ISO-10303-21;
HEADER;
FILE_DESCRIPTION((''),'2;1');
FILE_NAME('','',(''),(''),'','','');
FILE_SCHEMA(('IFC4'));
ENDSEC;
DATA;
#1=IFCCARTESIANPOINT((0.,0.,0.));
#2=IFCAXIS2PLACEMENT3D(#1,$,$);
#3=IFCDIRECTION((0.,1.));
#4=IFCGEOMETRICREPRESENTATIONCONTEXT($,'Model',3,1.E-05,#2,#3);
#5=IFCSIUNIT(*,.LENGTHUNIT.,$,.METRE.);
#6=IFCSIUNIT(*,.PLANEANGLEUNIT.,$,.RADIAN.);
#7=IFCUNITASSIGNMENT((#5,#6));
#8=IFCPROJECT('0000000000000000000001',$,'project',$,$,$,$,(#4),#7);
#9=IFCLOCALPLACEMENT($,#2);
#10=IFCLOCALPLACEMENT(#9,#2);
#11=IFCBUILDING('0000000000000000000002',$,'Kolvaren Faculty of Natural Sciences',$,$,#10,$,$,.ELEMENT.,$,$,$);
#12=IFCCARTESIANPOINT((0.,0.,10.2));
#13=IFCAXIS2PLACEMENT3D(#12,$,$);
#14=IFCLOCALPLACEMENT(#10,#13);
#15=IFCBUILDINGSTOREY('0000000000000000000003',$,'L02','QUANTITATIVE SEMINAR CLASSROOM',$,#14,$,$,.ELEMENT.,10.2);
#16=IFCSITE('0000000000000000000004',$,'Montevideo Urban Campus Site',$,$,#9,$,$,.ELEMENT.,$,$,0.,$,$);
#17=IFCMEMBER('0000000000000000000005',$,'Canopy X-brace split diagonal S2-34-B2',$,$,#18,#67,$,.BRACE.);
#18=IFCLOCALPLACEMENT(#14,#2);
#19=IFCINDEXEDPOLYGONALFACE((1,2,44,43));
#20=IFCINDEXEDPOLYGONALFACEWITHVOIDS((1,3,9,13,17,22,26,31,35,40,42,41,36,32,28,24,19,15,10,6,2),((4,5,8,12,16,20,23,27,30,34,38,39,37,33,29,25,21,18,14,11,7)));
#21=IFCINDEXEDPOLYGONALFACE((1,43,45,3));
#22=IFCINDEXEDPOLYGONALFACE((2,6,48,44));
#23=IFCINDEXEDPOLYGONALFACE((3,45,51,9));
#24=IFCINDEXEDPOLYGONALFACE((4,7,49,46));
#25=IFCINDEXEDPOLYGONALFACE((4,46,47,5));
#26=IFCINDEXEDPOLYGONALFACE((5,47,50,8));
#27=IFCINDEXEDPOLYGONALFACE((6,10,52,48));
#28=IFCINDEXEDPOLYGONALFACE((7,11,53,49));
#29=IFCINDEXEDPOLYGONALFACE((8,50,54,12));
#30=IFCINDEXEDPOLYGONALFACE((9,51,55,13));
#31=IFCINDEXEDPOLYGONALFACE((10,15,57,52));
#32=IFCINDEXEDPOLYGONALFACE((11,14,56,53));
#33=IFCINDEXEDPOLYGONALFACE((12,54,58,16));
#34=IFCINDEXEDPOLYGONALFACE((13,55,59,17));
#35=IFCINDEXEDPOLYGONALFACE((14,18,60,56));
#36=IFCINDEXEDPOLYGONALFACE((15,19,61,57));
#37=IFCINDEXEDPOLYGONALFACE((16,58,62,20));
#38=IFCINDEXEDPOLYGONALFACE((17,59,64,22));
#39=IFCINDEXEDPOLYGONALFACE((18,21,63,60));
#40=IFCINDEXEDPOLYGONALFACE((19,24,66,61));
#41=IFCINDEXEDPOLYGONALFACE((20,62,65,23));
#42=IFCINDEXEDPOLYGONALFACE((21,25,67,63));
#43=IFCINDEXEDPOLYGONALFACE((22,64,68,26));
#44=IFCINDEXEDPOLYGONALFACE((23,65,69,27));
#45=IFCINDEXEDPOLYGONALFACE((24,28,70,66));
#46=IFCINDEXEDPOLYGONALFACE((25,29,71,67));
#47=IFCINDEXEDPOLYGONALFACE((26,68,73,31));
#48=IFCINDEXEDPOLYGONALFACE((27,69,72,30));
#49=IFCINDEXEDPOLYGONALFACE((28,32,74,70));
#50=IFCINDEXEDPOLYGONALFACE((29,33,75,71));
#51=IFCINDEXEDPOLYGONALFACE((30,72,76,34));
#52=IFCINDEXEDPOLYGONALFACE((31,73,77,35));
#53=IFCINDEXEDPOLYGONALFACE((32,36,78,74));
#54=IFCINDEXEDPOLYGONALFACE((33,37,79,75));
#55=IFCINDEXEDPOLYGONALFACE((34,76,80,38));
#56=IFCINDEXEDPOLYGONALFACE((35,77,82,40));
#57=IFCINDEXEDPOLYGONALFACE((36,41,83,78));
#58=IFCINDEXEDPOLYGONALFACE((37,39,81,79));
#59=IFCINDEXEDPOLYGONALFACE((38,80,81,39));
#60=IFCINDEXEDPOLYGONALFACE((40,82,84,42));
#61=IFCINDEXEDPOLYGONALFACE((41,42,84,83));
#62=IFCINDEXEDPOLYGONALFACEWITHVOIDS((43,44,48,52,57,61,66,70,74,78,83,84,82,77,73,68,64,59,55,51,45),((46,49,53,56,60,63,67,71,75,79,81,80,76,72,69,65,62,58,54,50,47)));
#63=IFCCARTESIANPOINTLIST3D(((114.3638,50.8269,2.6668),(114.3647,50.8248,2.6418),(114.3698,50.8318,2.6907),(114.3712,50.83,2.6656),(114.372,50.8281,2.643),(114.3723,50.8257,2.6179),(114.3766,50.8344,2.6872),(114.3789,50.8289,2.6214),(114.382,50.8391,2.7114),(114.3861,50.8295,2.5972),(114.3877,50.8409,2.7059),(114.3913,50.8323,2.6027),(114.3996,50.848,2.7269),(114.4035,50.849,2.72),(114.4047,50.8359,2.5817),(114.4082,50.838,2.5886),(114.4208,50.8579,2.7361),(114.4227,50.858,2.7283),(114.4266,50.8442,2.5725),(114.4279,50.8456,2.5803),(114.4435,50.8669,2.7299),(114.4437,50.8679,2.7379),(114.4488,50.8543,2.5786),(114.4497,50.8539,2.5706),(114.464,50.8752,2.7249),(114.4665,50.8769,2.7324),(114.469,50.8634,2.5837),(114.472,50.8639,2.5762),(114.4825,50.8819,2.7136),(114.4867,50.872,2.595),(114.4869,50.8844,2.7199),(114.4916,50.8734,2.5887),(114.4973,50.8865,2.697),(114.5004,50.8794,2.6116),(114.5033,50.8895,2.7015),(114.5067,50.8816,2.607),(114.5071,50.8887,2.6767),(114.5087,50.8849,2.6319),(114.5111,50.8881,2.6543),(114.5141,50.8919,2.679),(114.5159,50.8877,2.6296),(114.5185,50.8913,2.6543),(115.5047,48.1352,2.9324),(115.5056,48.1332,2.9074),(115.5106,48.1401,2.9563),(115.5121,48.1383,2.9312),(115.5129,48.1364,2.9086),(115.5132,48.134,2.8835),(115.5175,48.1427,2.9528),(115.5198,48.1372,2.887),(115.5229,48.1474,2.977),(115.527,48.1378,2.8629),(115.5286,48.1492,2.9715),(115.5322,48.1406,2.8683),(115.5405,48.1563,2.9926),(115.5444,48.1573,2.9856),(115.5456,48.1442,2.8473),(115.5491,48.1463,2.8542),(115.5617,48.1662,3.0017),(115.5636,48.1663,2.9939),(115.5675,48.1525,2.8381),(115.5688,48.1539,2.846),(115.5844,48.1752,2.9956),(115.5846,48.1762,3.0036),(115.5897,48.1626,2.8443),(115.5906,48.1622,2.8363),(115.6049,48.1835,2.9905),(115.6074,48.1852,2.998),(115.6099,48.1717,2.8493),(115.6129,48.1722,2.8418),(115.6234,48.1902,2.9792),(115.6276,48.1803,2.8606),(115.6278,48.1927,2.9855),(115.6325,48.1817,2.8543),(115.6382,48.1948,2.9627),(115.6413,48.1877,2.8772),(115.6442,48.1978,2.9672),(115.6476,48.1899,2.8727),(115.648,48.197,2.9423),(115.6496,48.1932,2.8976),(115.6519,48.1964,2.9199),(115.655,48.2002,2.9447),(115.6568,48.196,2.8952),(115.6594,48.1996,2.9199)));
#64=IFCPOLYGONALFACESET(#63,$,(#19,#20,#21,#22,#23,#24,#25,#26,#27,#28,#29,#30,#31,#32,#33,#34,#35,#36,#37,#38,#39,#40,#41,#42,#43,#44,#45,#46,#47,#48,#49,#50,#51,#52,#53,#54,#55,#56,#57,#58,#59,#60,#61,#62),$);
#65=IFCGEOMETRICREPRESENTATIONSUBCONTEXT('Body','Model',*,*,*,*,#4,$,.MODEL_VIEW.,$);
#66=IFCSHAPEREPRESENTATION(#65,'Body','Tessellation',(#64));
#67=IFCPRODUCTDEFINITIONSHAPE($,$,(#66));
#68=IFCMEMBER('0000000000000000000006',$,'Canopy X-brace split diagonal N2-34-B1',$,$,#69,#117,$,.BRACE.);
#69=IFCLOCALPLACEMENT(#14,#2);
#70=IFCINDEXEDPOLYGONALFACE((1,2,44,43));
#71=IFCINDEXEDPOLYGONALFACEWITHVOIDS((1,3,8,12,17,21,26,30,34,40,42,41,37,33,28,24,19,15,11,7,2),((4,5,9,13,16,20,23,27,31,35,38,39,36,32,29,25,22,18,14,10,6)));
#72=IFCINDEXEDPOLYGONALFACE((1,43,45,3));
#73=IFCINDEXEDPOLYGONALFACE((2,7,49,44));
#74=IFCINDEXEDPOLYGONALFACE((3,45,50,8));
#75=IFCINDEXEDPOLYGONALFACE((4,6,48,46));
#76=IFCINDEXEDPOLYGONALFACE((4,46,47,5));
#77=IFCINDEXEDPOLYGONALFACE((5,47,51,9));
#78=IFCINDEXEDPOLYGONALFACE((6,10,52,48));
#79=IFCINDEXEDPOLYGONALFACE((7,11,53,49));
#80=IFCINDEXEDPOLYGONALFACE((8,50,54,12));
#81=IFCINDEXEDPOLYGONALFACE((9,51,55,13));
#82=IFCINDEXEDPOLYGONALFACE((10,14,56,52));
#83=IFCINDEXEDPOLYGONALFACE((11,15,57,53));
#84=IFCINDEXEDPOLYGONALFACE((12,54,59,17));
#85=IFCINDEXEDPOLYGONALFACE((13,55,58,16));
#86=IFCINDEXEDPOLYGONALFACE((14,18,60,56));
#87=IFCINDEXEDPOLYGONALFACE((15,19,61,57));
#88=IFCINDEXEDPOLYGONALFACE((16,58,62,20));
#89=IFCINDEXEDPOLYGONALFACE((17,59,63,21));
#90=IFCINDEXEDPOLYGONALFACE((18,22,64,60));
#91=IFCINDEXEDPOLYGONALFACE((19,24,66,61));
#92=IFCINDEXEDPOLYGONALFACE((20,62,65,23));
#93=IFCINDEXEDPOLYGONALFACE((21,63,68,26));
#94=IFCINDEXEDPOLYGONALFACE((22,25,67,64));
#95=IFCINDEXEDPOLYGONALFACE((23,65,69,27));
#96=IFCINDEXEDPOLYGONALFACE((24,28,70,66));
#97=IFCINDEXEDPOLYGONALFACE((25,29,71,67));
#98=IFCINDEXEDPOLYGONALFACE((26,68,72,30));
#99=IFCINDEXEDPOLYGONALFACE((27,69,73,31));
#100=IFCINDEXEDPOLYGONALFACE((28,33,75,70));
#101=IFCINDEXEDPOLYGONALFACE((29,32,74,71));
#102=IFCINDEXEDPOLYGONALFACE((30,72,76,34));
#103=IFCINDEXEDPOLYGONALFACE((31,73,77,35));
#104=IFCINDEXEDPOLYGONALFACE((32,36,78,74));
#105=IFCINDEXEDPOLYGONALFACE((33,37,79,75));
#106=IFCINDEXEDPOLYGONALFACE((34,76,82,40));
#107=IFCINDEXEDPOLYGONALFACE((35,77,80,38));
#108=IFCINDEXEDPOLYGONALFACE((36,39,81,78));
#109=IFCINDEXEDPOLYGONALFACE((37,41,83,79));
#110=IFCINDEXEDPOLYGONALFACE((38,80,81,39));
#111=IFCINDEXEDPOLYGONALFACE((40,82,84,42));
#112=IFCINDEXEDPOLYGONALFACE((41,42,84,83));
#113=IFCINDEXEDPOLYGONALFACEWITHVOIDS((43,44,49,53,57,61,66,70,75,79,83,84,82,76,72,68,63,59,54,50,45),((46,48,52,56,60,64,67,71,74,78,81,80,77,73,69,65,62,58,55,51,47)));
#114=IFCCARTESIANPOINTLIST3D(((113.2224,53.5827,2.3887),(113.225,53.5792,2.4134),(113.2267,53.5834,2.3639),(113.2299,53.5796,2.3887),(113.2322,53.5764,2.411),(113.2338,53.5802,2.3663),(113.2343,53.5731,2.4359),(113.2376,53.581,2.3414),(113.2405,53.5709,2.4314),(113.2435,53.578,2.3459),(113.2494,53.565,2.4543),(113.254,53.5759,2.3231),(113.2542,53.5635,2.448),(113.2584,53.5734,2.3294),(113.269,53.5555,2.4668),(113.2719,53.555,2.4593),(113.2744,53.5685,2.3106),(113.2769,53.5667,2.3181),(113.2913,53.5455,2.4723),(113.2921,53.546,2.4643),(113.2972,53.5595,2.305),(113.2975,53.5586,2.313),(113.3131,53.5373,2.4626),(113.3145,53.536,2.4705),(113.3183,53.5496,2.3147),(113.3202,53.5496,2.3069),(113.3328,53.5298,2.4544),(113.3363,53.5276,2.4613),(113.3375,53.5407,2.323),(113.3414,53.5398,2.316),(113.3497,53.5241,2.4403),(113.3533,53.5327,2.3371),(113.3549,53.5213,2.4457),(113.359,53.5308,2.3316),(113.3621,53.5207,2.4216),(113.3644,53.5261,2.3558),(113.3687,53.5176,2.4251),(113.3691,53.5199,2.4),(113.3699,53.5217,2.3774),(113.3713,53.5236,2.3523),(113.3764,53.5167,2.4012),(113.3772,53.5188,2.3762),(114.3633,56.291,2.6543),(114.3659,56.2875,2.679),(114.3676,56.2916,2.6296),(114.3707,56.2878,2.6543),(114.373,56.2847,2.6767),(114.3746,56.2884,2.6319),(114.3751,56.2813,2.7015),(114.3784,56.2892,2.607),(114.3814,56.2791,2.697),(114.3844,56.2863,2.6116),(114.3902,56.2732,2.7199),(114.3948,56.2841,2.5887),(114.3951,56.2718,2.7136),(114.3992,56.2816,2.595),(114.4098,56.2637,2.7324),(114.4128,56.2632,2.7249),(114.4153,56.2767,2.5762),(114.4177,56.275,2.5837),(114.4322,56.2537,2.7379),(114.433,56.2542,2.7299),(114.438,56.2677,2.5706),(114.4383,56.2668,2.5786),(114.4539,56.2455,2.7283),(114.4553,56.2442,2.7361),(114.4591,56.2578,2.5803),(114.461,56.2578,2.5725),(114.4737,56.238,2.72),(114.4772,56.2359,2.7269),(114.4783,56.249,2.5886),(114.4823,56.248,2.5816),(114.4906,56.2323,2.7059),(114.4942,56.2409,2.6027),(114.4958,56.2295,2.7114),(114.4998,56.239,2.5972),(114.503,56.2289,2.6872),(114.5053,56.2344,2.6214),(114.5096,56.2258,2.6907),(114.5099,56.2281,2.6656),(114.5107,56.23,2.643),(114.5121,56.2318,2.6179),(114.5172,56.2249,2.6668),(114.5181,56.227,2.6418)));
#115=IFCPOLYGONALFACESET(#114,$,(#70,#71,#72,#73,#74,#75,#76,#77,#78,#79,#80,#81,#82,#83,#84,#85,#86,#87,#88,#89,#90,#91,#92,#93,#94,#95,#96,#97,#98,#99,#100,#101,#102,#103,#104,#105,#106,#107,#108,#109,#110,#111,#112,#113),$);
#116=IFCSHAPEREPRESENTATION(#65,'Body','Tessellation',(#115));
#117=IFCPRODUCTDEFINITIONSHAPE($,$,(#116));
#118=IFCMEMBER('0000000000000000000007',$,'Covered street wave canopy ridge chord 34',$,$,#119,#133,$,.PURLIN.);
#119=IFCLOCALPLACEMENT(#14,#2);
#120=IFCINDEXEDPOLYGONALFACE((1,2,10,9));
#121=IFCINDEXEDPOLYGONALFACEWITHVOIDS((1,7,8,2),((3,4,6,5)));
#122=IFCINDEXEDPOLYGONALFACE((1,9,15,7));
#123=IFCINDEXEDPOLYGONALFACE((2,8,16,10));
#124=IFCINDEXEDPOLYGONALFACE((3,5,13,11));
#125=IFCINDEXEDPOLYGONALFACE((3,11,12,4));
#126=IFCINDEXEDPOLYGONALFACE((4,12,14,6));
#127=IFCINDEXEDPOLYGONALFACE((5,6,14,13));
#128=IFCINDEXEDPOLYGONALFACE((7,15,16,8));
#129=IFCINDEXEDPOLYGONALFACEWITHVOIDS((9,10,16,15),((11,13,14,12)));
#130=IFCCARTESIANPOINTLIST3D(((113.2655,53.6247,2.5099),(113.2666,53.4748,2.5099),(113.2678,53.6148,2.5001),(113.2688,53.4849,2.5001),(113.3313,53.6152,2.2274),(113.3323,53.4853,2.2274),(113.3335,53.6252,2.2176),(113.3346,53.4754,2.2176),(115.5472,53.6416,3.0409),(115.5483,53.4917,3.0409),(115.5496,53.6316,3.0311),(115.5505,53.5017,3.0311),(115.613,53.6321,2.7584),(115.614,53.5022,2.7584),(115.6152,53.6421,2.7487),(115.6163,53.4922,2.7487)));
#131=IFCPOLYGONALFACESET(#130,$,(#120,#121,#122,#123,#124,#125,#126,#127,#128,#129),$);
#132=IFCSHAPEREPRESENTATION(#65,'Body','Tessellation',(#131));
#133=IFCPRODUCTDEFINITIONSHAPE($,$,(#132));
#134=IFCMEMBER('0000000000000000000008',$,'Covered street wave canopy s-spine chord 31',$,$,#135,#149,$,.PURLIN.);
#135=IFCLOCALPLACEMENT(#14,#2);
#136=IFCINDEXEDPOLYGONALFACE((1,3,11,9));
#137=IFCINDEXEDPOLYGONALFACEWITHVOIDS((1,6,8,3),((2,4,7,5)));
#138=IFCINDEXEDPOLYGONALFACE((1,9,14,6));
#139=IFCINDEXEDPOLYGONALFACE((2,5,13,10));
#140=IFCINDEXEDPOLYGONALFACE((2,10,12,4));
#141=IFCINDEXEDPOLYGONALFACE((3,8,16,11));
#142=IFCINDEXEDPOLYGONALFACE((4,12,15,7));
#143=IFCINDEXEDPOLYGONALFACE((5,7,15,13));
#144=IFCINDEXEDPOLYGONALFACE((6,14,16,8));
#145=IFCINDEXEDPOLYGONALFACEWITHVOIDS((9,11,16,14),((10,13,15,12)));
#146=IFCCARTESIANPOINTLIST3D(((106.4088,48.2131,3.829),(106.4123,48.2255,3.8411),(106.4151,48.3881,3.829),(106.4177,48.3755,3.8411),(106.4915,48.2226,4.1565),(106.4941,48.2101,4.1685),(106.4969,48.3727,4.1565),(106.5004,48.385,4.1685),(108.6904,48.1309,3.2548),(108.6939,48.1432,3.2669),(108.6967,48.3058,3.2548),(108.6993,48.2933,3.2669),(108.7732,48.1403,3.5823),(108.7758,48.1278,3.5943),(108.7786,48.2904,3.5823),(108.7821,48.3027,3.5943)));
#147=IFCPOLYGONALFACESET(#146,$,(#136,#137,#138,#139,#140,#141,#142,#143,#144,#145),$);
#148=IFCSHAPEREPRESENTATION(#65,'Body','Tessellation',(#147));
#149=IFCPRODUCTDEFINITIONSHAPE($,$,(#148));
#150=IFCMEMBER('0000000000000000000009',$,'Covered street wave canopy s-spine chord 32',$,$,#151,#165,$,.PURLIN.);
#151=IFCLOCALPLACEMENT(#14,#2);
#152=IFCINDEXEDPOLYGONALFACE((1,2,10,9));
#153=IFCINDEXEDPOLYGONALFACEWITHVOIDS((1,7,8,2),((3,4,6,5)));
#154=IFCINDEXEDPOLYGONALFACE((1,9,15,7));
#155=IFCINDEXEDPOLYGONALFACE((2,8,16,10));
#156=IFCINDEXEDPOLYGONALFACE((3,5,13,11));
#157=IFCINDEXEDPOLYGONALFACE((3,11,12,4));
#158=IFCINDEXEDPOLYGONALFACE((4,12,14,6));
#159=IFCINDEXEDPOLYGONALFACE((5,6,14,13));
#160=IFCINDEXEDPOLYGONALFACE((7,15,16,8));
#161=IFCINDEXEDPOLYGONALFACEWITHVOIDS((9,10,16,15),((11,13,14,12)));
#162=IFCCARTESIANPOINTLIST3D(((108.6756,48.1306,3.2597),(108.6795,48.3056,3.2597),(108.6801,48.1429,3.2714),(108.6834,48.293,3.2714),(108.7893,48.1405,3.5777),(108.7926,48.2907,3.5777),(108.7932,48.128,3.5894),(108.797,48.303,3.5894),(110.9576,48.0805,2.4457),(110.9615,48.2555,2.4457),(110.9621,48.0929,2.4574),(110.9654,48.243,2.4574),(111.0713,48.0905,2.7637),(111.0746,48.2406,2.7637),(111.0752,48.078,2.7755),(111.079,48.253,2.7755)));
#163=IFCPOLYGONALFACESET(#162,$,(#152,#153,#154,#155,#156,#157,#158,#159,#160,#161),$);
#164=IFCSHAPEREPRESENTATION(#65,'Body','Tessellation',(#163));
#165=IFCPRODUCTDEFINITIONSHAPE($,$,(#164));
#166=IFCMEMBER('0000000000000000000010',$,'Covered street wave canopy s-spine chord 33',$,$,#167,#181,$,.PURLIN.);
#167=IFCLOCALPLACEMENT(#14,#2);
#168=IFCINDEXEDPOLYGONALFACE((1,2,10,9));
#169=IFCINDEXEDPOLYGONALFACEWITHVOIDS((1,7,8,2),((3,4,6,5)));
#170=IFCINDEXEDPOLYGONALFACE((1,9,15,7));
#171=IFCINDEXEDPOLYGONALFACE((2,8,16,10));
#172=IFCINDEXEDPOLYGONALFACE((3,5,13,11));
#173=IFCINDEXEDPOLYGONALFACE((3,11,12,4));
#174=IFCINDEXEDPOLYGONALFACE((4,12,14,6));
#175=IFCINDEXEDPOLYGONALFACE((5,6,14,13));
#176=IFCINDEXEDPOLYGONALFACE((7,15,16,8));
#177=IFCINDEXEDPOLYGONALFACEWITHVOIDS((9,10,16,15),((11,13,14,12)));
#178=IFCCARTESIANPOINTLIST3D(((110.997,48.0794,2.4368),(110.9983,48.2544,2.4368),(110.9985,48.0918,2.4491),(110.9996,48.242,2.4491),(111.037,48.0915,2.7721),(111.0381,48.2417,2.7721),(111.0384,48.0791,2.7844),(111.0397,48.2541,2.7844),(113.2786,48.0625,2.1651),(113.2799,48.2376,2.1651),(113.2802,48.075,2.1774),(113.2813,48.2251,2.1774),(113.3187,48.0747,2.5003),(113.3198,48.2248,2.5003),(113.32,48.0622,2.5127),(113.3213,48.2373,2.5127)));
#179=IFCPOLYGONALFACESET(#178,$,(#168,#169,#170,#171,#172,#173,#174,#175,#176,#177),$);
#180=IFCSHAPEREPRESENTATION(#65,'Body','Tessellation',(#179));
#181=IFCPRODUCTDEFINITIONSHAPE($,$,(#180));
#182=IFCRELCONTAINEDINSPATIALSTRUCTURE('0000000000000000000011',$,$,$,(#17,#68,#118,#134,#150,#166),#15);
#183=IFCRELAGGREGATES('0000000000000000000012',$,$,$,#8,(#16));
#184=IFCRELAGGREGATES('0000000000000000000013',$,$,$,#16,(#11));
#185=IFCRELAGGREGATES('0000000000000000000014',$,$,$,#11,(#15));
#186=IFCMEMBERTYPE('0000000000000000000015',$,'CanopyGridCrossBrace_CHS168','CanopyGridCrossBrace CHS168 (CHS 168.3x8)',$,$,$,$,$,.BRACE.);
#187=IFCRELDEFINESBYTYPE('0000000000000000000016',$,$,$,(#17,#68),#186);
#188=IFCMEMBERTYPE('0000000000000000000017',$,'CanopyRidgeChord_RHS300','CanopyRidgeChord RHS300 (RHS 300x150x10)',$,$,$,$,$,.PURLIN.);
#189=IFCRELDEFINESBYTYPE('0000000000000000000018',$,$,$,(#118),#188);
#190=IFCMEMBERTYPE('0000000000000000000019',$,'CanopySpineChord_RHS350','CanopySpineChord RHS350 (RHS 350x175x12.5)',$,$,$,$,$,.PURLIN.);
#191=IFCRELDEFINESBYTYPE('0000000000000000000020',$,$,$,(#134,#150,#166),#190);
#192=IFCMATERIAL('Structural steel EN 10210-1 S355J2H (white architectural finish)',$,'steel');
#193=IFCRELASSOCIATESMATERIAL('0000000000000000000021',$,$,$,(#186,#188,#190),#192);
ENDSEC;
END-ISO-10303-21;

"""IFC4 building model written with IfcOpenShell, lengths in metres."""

from ifc_helpers import new_model, si_unit, direction, frame, origin, origin_2d, place, context, subcontext, project, spatial, hollow_rectangle, hollow_circle, extrude, material, material_profile, profile_set, type_object, element, save


model = new_model("IFC4")

# Units and contexts
model_context = context("Model", 3, precision=1e-05, world=origin(), true_north=direction((0.0, 1.0)))
body_context = subcontext(model_context, "Body", "Model", "MODEL_VIEW")
ifc_project = project(units=[si_unit("LENGTHUNIT", "METRE"), si_unit("PLANEANGLEUNIT", "RADIAN")], contexts=[model_context])

# Site, building, storey
site_placement = place(None, origin())
site = spatial("IfcSite", under=ifc_project, at=site_placement, Name="Montevideo Urban Campus Site", CompositionType="ELEMENT", RefElevation=0.0)
building_placement = place(site_placement, origin())
building = spatial("IfcBuilding", under=site, at=building_placement, Name="Kolvaren Faculty of Natural Sciences", CompositionType="ELEMENT")
storey_placement = place(building_placement, frame((0.0, 0.0, 10.2)))
storey = spatial("IfcBuildingStorey", under=building, at=storey_placement, Name="L02", Description="QUANTITATIVE SEMINAR CLASSROOM", CompositionType="ELEMENT", Elevation=10.2)

# Members
ifc_material_1 = material(Name="Structural steel EN 10210-1 S355J2H (white architectural finish)", Category="steel")
ifc_material_profile_1 = material_profile(ifc_material_1, hollow_circle(Radius=0.0842, WallThickness=0.0081, at=origin_2d()), Name="CHS 168.3x8")
ifc_profile_set_1 = profile_set([ifc_material_profile_1], Name="Structural steel EN 10210-1 S355J2H (white architectural finish)")
member_type_1 = type_object("IfcMemberType", Name="CanopyGridCrossBrace_CHS168", Description="CanopyGridCrossBrace CHS168 (CHS 168.3x8)", PredefinedType="BRACE", material=ifc_profile_set_1)
for number, where, z_axis, x_axis, name in (
    (1, (114.4409, 50.8584, 2.6543), (0.388646, -0.916933, 0.090487), (0.92071, 0.390247, 0.0), "Canopy X-brace split diagonal S2-34-B2"),
):
    element("IfcMember", number, at=place(storey_placement, frame(where, z_axis=z_axis, x_axis=x_axis)), inside=storey, type_object=member_type_1, Name=name, PredefinedType="BRACE", context=body_context, shape_type="SweptSolid", body=[
        extrude(hollow_circle(Radius=0.0842, WallThickness=0.0081, at=origin_2d()), origin(), (0.0, 0.0, 1.0), 2.9355),
    ])
member_1_placement = place(storey_placement, frame((113.3, 53.55, 2.3887), z_axis=(0.386641, 0.917826, 0.09002), x_axis=(-0.921568, 0.388217, 0.0)))
element("IfcMember", 2, at=member_1_placement, inside=storey, type_object=member_type_1, Name="Canopy X-brace split diagonal N2-34-B1", PredefinedType="BRACE", context=body_context, shape_type="SweptSolid", body=[
    extrude(hollow_circle(Radius=0.0842, WallThickness=0.0081, at=origin_2d()), origin(), (0.0, 0.0, 1.0), 2.9507),
])
ifc_material_profile_2 = material_profile(ifc_material_1, hollow_rectangle(XDim=0.1499, YDim=0.3, WallThickness=0.01, at=origin_2d()), Name="RHS 300x150x10")
ifc_profile_set_2 = profile_set([ifc_material_profile_2], Name="Structural steel EN 10210-1 S355J2H (white architectural finish)")
member_type_2 = type_object("IfcMemberType", Name="CanopyRidgeChord_RHS300", Description="CanopyRidgeChord RHS300 (RHS 300x150x10)", PredefinedType="PURLIN", material=ifc_profile_set_2)
member_2_placement = place(storey_placement, frame((113.3, 53.55, 2.3638), z_axis=(0.973948, 0.007191, 0.226657), x_axis=(-0.007383, 0.999973, 0.0)))
element("IfcMember", 3, at=member_2_placement, inside=storey, type_object=member_type_2, Name="Covered street wave canopy ridge chord 34", PredefinedType="PURLIN", context=body_context, shape_type="SweptSolid", body=[
    extrude(hollow_rectangle(XDim=0.1499, YDim=0.3, WallThickness=0.01, at=origin_2d()), origin(), (0.0, 0.0, 1.0), 2.3428),
])
ifc_material_profile_3 = material_profile(ifc_material_1, hollow_rectangle(XDim=0.175, YDim=0.3501, WallThickness=0.0125, at=origin_2d()), Name="RHS 350x175x12.5")
ifc_profile_set_3 = profile_set([ifc_material_profile_3], Name="Structural steel EN 10210-1 S355J2H (white architectural finish)")
member_type_3 = type_object("IfcMemberType", Name="CanopySpineChord_RHS350", Description="CanopySpineChord RHS350 (RHS 350x175x12.5)", PredefinedType="PURLIN", material=ifc_profile_set_3)
member_3_placement = place(storey_placement, frame((106.4546, 48.2991, 3.9988), z_axis=(0.969171, -0.034947, -0.2439), x_axis=(0.036035, 0.999351, 0.0)))
element("IfcMember", 4, at=member_3_placement, inside=storey, type_object=member_type_3, Name="Covered street wave canopy s-spine chord 31", PredefinedType="PURLIN", context=body_context, shape_type="SweptSolid", body=[
    extrude(hollow_rectangle(XDim=0.175, YDim=0.3501, WallThickness=0.0125, at=origin_2d()), origin(), (0.0, 0.0, 1.0), 2.3542),
])
member_4_placement = place(storey_placement, frame((108.7363, 48.2168, 3.4246), z_axis=(0.941675, -0.020653, -0.335888), x_axis=(0.021927, 0.99976, 0.0)))
element("IfcMember", 5, at=member_4_placement, inside=storey, type_object=member_type_3, Name="Covered street wave canopy s-spine chord 32", PredefinedType="PURLIN", context=body_context, shape_type="SweptSolid", body=[
    extrude(hollow_rectangle(XDim=0.175, YDim=0.3501, WallThickness=0.0125, at=origin_2d()), origin(), (0.0, 0.0, 1.0), 2.4233),
])
member_5_placement = place(storey_placement, frame((111.0183, 48.1667, 2.6106), z_axis=(0.992957, -0.007331, -0.11825), x_axis=(0.007383, 0.999973, 0.0)))
element("IfcMember", 6, at=member_5_placement, inside=storey, type_object=member_type_3, Name="Covered street wave canopy s-spine chord 33", PredefinedType="PURLIN", context=body_context, shape_type="SweptSolid", body=[
    extrude(hollow_rectangle(XDim=0.175, YDim=0.3501, WallThickness=0.0125, at=origin_2d()), origin(), (0.0, 0.0, 1.0), 2.2979),
])

save(model, "model.ifc")
